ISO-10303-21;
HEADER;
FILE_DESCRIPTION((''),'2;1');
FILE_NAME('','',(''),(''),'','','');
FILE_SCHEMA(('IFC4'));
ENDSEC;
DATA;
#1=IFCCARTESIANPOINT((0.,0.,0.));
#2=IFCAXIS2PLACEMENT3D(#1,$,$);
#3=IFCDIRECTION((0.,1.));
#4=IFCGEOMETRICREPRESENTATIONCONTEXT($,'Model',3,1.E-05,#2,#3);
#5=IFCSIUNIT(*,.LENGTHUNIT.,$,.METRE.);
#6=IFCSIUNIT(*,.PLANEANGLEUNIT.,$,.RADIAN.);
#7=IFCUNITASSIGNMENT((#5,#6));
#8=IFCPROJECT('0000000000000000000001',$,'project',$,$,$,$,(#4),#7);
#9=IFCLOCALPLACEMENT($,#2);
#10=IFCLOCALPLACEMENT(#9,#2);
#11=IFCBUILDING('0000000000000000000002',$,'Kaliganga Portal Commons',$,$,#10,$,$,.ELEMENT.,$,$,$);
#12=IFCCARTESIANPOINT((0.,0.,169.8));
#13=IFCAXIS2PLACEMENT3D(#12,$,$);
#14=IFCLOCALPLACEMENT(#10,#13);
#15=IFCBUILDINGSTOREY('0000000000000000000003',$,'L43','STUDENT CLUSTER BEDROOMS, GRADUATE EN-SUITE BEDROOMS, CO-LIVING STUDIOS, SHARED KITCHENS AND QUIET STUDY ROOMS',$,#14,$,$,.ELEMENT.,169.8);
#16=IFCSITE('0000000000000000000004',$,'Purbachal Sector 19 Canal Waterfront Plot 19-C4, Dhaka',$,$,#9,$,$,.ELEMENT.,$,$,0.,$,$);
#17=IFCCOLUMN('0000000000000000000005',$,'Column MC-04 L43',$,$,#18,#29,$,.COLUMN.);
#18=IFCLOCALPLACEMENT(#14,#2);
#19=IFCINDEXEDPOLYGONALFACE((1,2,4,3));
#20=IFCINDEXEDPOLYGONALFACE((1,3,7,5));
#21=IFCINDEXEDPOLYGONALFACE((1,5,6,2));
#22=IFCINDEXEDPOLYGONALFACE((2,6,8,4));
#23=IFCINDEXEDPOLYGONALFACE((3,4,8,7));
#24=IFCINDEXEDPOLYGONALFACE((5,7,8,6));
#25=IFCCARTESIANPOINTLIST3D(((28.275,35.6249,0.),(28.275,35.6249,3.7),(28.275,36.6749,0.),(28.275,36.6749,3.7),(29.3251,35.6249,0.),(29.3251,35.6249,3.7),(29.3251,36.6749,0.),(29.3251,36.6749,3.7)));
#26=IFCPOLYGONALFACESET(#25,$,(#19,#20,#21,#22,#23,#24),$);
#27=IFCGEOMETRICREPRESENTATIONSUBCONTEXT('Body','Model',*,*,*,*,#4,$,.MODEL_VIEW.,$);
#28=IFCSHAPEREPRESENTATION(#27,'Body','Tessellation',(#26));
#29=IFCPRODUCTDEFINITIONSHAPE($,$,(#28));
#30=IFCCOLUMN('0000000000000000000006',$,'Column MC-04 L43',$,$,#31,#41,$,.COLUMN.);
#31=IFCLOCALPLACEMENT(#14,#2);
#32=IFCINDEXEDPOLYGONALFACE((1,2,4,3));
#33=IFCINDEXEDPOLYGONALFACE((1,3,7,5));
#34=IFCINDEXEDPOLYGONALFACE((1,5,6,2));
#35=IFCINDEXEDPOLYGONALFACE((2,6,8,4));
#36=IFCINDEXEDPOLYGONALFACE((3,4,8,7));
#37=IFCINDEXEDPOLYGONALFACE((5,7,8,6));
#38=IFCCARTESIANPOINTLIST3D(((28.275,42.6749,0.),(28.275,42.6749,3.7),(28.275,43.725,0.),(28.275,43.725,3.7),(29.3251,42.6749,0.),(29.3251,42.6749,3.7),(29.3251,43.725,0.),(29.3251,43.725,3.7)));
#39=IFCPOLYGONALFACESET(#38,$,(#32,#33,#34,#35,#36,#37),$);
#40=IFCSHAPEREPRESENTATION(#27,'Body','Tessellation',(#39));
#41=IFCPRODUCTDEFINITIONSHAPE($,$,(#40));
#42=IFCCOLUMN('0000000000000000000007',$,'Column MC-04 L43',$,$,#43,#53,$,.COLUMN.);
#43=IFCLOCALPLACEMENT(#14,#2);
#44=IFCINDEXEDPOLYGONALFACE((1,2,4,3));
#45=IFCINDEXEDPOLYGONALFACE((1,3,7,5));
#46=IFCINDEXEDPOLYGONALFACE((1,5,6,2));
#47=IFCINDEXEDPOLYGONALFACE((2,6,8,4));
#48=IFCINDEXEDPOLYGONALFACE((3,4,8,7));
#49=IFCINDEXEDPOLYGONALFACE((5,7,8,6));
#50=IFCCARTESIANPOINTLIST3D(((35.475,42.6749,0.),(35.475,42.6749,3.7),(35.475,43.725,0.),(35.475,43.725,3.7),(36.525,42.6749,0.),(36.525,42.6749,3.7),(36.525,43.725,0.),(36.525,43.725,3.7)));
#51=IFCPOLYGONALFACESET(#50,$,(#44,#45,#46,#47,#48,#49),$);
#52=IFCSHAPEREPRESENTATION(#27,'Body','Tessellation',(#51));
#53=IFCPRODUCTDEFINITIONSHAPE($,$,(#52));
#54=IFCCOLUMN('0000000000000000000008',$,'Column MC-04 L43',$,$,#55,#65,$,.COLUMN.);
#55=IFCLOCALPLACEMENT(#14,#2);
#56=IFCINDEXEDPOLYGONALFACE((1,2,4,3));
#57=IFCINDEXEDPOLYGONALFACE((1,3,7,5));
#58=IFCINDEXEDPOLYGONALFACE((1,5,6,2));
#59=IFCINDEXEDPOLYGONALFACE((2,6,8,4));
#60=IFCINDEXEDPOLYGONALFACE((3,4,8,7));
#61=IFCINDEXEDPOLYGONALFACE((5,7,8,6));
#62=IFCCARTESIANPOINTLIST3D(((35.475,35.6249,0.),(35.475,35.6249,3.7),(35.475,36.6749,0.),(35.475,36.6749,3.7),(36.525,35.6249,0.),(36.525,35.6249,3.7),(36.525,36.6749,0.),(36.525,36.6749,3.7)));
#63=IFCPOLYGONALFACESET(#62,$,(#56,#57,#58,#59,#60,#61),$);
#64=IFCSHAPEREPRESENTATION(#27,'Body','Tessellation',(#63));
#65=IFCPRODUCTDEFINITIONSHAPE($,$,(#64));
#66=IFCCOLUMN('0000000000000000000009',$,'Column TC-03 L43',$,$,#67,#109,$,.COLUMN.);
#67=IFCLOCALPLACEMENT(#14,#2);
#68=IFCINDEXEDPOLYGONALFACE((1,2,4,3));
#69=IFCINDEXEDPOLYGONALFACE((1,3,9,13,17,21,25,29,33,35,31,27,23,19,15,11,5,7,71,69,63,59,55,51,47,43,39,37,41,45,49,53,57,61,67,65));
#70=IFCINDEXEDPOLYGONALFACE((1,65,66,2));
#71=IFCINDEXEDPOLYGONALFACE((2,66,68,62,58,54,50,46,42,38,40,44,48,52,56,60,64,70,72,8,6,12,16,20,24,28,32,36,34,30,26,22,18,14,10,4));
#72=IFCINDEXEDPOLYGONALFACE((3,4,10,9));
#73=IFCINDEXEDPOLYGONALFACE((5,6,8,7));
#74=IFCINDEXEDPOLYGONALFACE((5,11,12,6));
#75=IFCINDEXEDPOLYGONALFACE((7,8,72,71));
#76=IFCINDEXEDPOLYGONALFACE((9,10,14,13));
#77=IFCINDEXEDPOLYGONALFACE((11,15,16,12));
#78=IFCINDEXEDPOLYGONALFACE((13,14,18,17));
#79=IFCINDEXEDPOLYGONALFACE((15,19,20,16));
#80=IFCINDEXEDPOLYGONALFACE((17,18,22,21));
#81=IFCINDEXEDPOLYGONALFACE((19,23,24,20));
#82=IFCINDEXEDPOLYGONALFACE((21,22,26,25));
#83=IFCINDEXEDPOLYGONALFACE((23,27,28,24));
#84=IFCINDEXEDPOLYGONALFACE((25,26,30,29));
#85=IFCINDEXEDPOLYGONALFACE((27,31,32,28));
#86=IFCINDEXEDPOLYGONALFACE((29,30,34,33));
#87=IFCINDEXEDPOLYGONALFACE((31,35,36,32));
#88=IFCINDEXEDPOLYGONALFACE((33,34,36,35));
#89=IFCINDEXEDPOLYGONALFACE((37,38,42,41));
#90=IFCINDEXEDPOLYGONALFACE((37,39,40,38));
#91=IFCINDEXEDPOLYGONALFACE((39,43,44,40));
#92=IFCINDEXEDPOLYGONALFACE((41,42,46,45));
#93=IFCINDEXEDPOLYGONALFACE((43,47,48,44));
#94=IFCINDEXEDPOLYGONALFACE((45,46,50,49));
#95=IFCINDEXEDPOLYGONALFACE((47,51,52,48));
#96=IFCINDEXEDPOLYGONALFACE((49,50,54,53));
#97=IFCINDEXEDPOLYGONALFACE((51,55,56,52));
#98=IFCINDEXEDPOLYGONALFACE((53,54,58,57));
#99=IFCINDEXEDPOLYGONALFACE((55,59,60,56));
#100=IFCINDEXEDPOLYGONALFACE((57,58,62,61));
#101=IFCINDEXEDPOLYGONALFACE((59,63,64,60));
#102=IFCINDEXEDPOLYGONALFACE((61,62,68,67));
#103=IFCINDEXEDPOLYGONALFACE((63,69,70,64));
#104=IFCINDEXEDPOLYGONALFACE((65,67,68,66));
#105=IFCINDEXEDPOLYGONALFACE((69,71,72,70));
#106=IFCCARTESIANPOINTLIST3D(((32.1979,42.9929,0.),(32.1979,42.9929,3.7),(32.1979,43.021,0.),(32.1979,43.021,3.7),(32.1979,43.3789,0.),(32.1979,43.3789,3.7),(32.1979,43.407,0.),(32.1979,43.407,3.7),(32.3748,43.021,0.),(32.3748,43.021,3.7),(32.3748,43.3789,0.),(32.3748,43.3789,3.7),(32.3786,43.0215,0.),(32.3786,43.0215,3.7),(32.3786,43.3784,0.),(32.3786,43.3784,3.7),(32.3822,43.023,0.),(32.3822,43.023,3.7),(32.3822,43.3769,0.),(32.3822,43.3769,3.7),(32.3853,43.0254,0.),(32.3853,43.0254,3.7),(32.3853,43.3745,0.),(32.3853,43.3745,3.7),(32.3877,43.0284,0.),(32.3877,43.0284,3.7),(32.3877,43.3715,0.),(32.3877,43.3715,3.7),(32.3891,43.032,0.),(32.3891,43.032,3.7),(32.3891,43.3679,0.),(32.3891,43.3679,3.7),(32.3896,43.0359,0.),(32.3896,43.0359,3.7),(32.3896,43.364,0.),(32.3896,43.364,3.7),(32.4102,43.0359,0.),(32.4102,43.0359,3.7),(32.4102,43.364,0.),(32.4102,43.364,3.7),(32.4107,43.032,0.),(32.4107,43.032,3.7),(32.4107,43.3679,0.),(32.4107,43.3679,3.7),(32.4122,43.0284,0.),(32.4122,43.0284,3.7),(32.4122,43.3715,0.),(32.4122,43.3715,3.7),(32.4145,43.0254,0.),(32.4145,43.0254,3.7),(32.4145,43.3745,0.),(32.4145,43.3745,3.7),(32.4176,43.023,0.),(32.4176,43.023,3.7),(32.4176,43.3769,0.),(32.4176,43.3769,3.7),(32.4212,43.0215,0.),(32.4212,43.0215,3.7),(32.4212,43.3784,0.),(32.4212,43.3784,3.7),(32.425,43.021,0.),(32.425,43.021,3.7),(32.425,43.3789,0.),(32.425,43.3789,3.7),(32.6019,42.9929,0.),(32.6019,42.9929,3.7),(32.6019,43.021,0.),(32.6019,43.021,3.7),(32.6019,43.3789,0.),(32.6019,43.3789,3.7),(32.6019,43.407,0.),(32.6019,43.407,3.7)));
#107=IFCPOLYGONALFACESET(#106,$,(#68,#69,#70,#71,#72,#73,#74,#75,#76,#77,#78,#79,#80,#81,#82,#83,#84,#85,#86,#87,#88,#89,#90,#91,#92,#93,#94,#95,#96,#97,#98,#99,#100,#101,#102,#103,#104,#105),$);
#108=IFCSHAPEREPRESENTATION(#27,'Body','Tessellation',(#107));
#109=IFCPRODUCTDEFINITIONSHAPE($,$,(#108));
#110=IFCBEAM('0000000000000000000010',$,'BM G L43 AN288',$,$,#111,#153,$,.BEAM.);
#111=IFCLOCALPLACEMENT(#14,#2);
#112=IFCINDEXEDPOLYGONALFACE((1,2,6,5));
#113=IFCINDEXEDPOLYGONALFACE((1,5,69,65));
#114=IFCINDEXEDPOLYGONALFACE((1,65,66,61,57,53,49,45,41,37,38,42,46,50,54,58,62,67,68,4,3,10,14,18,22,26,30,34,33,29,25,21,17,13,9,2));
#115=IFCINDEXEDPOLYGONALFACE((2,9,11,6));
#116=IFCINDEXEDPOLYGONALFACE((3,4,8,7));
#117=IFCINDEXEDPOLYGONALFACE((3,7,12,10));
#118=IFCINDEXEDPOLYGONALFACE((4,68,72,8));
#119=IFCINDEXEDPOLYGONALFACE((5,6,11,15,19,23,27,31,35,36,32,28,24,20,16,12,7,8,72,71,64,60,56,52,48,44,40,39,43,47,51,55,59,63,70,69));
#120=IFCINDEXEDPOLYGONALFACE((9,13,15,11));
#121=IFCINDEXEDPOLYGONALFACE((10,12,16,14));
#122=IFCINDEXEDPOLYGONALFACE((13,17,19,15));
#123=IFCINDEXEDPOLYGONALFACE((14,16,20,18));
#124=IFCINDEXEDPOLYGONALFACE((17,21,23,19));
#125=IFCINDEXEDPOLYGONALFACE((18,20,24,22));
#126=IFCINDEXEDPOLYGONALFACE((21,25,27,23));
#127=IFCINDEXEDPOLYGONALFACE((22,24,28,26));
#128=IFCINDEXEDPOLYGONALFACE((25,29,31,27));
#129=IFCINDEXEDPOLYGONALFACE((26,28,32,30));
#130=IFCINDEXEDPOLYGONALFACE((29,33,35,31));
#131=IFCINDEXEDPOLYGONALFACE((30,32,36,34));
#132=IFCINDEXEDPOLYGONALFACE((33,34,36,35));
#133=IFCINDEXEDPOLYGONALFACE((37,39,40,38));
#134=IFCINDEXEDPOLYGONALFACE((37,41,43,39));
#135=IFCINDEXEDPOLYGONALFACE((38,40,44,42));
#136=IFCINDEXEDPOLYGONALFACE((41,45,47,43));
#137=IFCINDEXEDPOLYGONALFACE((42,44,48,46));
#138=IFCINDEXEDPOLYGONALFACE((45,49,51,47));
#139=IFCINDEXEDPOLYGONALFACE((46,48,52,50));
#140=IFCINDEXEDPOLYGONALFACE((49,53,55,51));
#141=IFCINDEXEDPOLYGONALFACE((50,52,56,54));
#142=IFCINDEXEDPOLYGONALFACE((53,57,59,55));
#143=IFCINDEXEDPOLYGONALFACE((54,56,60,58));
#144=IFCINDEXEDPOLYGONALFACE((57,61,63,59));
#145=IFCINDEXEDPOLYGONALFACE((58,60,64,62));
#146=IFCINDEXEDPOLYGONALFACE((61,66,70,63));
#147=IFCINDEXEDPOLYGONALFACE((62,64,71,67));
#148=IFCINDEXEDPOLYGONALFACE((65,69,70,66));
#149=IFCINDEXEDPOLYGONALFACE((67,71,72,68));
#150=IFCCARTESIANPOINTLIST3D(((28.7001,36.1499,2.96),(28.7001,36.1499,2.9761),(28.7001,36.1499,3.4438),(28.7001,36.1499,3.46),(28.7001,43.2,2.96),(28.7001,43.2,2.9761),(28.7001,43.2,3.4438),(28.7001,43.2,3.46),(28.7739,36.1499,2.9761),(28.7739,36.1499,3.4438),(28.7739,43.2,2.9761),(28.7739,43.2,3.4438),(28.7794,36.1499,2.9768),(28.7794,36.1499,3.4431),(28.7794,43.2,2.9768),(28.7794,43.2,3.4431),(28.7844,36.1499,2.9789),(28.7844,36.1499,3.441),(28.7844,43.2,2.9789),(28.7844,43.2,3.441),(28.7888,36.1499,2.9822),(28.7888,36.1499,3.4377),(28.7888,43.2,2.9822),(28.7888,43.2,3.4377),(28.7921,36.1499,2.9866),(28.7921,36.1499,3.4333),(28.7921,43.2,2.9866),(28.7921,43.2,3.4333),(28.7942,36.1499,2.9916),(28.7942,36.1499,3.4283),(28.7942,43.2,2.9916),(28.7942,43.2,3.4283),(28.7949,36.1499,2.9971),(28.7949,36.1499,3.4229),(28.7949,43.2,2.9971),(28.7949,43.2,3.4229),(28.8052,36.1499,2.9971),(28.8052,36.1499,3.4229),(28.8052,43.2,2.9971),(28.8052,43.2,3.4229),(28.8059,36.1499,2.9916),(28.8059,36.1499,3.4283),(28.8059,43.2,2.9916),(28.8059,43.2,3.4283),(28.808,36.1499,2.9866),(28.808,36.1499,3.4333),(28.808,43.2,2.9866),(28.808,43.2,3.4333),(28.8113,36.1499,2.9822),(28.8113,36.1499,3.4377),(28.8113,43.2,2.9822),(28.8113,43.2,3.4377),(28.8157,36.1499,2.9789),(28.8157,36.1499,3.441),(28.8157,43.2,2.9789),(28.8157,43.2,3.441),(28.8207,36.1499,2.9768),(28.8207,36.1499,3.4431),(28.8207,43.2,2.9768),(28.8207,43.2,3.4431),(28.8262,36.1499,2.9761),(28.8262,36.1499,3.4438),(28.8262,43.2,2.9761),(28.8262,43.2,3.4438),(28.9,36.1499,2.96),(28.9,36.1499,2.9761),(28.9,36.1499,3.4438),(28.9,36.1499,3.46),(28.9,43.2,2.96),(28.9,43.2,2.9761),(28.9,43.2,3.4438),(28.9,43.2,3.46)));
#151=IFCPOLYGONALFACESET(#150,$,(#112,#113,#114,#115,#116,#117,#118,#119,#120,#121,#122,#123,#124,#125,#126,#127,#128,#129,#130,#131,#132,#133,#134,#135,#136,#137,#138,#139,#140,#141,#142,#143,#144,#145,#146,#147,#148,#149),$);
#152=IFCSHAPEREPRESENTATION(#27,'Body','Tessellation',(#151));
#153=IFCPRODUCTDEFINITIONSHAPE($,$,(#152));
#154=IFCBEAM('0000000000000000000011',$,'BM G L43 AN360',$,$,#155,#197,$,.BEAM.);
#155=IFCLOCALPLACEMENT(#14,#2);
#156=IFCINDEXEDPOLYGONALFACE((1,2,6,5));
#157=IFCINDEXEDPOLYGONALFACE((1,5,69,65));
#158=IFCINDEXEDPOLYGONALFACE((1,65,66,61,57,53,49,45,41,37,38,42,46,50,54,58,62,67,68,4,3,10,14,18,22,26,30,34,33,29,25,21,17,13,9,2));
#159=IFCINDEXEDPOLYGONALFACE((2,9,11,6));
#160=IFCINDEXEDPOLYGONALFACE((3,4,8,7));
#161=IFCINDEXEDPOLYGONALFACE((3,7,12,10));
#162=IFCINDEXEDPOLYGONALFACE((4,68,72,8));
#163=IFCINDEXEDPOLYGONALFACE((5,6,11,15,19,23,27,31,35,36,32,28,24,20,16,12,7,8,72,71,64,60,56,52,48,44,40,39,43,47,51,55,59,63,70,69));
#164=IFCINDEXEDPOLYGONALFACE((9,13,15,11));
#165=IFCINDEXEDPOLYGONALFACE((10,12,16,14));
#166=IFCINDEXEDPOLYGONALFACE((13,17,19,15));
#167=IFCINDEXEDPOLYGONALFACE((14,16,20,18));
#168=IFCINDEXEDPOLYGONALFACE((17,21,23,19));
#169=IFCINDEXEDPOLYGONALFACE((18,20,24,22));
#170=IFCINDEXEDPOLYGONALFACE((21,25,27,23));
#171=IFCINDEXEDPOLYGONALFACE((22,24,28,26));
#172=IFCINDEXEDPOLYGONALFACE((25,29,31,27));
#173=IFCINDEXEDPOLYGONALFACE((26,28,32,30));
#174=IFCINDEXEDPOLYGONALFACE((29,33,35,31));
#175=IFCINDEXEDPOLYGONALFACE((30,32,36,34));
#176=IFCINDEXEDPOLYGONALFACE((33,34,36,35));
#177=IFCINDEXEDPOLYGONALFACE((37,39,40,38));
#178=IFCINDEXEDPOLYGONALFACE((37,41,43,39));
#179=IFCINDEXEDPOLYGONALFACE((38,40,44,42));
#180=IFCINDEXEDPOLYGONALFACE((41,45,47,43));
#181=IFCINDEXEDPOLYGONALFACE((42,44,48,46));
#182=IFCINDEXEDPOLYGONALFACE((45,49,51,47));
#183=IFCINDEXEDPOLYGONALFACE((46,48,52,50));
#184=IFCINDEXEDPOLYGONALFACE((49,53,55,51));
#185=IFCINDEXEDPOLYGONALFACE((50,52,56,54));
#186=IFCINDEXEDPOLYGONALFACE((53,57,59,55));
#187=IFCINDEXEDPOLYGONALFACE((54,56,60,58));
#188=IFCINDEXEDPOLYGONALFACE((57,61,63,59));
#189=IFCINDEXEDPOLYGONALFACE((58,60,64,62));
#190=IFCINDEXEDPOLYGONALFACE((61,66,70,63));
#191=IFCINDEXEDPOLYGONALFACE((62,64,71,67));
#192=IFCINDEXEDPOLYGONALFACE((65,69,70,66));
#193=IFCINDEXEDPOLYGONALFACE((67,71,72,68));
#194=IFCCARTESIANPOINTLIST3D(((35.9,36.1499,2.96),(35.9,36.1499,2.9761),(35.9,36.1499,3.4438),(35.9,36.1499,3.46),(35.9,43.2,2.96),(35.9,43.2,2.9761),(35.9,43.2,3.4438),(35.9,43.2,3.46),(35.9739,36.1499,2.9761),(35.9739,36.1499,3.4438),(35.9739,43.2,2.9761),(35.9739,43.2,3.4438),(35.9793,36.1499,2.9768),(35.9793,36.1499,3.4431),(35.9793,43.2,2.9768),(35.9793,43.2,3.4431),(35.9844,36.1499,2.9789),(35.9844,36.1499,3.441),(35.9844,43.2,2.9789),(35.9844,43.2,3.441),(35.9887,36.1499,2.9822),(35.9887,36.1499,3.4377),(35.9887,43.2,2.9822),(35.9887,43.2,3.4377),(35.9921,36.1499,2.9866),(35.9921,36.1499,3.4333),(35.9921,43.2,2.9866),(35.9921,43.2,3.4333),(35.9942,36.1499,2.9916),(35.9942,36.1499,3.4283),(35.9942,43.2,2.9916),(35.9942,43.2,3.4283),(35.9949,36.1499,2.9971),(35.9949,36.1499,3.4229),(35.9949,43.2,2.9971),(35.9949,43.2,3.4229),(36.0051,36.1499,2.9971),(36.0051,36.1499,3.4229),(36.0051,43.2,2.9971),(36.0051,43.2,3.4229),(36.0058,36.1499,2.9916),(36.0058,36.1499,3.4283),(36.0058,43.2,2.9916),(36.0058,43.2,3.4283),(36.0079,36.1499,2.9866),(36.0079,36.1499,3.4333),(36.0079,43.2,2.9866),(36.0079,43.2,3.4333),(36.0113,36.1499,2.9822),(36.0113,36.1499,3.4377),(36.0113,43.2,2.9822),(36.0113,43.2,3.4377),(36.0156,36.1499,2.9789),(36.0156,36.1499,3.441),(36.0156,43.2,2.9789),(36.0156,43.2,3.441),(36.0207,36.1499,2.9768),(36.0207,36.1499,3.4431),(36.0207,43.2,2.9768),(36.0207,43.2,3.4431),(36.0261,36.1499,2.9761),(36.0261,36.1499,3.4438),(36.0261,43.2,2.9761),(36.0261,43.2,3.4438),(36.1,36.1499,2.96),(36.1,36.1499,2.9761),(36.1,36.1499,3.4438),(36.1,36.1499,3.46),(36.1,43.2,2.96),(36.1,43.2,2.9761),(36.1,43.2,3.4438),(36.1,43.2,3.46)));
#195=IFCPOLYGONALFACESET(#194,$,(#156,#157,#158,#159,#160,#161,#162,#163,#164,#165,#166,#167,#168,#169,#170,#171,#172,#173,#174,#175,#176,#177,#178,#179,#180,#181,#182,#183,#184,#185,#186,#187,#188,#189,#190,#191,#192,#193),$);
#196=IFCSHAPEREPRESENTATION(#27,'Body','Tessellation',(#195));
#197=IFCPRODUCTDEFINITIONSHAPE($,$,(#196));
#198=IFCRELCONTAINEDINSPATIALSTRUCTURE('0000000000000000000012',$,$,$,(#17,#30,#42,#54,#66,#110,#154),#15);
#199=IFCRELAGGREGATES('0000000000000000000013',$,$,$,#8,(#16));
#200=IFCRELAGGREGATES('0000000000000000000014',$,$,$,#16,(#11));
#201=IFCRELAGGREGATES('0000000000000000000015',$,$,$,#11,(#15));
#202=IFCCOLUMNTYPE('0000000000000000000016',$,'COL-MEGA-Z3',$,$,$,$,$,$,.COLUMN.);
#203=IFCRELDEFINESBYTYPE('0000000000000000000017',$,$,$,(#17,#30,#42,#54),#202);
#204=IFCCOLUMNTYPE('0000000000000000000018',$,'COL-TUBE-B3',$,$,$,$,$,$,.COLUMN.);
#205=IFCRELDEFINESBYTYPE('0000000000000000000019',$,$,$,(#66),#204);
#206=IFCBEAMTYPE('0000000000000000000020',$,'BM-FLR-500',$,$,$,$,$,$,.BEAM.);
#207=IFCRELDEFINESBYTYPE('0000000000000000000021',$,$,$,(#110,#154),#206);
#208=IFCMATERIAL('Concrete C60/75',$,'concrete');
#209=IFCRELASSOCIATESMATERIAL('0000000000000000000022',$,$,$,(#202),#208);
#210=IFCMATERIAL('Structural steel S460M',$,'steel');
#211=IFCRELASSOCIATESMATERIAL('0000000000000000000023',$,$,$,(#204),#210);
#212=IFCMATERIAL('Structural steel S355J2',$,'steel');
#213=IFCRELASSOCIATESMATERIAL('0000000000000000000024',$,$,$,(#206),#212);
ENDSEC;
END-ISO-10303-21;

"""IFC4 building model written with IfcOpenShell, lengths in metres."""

from ifc_helpers import new_model, si_unit, direction, frame, origin, origin_2d, place, context, subcontext, project, spatial, rectangle, i_section, extrude, source, transform, mapped, material, material_profile, profile_set, type_object, element, save


model = new_model("IFC4")

# Units and contexts
model_context = context("Model", 3, precision=1e-05, world=origin(), true_north=direction((0.0, 1.0)))
body_context = subcontext(model_context, "Body", "Model", "MODEL_VIEW")
ifc_project = project(units=[si_unit("LENGTHUNIT", "METRE"), si_unit("PLANEANGLEUNIT", "RADIAN")], contexts=[model_context])

# Site, building, storey
site_placement = place(None, origin())
site = spatial("IfcSite", under=ifc_project, at=site_placement, Name="Purbachal Sector 19 Canal Waterfront Plot 19-C4, Dhaka", CompositionType="ELEMENT", RefElevation=0.0)
building_placement = place(site_placement, origin())
building = spatial("IfcBuilding", under=site, at=building_placement, Name="Kaliganga Portal Commons", CompositionType="ELEMENT")
storey_placement = place(building_placement, frame((0.0, 0.0, 169.8)))
storey = spatial("IfcBuildingStorey", under=building, at=storey_placement, Name="L43", Description="STUDENT CLUSTER BEDROOMS, GRADUATE EN-SUITE BEDROOMS, CO-LIVING STUDIOS, SHARED KITCHENS AND QUIET STUDY ROOMS", CompositionType="ELEMENT", Elevation=169.8)

# Columns
ifc_material_1 = material(Name="Concrete C60/75", Category="concrete")
ifc_material_profile_1 = material_profile(ifc_material_1, rectangle(XDim=1.05, YDim=1.05, at=origin_2d()), Name="RC 1050x1050")
ifc_profile_set_1 = profile_set([ifc_material_profile_1], Name="Concrete C60/75")
column_type_1 = type_object("IfcColumnType", Name="COL-MEGA-Z3", PredefinedType="COLUMN", material=ifc_profile_set_1)
shared_shape_1 = source(origin(), body_context, "Body", "SweptSolid", [
    extrude(rectangle(XDim=1.05, YDim=1.05, at=origin_2d()), origin(), (0.0, 0.0, 1.0), 3.7),
])
for number, where, z_axis, x_axis, name in (
    (1, (28.8, 36.1499, 0.0), (0.0, 0.0, 1.0), (1.0, 0.0, 0.0), "Column MC-04 L43"),
    (2, (28.8, 43.2, 0.0), (0.0, 0.0, 1.0), (1.0, 0.0, 0.0), "Column MC-04 L43"),
    (3, (36.0, 43.2, 0.0), (0.0, 0.0, 1.0), (1.0, 0.0, 0.0), "Column MC-04 L43"),
    (4, (36.0, 36.1499, 0.0), (0.0, 0.0, 1.0), (1.0, 0.0, 0.0), "Column MC-04 L43"),
):
    element("IfcColumn", number, at=place(storey_placement, frame(where, z_axis=z_axis, x_axis=x_axis)), inside=storey, type_object=column_type_1, Name=name, PredefinedType="COLUMN", context=body_context, shape_type="MappedRepresentation", body=[
        mapped(shared_shape_1, transform((0.0, 0.0, 0.0), x_axis=(1.0, 0.0, 0.0), y_axis=(0.0, 1.0, 0.0), z_axis=(0.0, 0.0, 1.0), scale=1.0)),
    ])
ifc_material_2 = material(Name="Structural steel S460M", Category="steel")
ifc_material_profile_2 = material_profile(ifc_material_2, i_section(OverallWidth=0.4041, OverallDepth=0.4141, WebThickness=0.0205, FlangeThickness=0.0281, FilletRadius=0.0149, at=origin_2d()), Name="HD 400x347")
ifc_profile_set_2 = profile_set([ifc_material_profile_2], Name="Structural steel S460M wide-flange")
column_type_2 = type_object("IfcColumnType", Name="COL-TUBE-B3", PredefinedType="COLUMN", material=ifc_profile_set_2)
shared_shape_2 = source(origin(), body_context, "Body", "SweptSolid", [
    extrude(i_section(OverallWidth=0.4041, OverallDepth=0.4141, WebThickness=0.0205, FlangeThickness=0.0281, FilletRadius=0.0149, at=origin_2d()), origin(), (0.0, 0.0, 1.0), 3.7),
])
column_placement = place(storey_placement, frame((32.3999, 43.2, 0.0), z_axis=(0.0, 0.0, 1.0), x_axis=(1.0, 0.0, 0.0)))
element("IfcColumn", 5, at=column_placement, inside=storey, type_object=column_type_2, Name="Column TC-03 L43", PredefinedType="COLUMN", context=body_context, shape_type="MappedRepresentation", body=[
    mapped(shared_shape_2, transform((0.0, 0.0, 0.0), x_axis=(1.0, 0.0, 0.0), y_axis=(0.0, 1.0, 0.0), z_axis=(0.0, 0.0, 1.0), scale=1.0)),
])

# Beams
ifc_material_3 = material(Name="Structural steel S355J2", Category="steel")
ifc_material_profile_3 = material_profile(ifc_material_3, i_section(OverallWidth=0.2, OverallDepth=0.5, WebThickness=0.0103, FlangeThickness=0.0161, FilletRadius=0.021, at=origin_2d()), Name="IPE 500")
ifc_profile_set_3 = profile_set([ifc_material_profile_3], Name="Structural steel S355J2 wide-flange")
beam_type_1 = type_object("IfcBeamType", Name="BM-FLR-500", PredefinedType="BEAM", material=ifc_profile_set_3)
shared_shape_3 = source(origin(), body_context, "Body", "SweptSolid", [
    extrude(i_section(OverallWidth=0.2, OverallDepth=0.5, WebThickness=0.0103, FlangeThickness=0.0161, FilletRadius=0.021, at=origin_2d()), origin(), (0.0, 0.0, 1.0), 7.05),
])
for number, where, z_axis, x_axis, name in (
    (6, (28.8, 36.1499, 3.21), (0.0, 1.0, 0.0), (-1.0, 0.0, 0.0), "BM G L43 AN288"),
    (7, (36.0, 36.1499, 3.21), (0.0, 1.0, 0.0), (-1.0, 0.0, 0.0), "BM G L43 AN360"),
):
    element("IfcBeam", number, at=place(storey_placement, frame(where, z_axis=z_axis, x_axis=x_axis)), inside=storey, type_object=beam_type_1, Name=name, PredefinedType="BEAM", context=body_context, shape_type="MappedRepresentation", body=[
        mapped(shared_shape_3, transform((0.0, 0.0, 0.0), x_axis=(1.0, 0.0, 0.0), y_axis=(0.0, 1.0, 0.0), z_axis=(0.0, 0.0, 1.0), scale=1.0)),
    ])

save(model, "model.ifc")
